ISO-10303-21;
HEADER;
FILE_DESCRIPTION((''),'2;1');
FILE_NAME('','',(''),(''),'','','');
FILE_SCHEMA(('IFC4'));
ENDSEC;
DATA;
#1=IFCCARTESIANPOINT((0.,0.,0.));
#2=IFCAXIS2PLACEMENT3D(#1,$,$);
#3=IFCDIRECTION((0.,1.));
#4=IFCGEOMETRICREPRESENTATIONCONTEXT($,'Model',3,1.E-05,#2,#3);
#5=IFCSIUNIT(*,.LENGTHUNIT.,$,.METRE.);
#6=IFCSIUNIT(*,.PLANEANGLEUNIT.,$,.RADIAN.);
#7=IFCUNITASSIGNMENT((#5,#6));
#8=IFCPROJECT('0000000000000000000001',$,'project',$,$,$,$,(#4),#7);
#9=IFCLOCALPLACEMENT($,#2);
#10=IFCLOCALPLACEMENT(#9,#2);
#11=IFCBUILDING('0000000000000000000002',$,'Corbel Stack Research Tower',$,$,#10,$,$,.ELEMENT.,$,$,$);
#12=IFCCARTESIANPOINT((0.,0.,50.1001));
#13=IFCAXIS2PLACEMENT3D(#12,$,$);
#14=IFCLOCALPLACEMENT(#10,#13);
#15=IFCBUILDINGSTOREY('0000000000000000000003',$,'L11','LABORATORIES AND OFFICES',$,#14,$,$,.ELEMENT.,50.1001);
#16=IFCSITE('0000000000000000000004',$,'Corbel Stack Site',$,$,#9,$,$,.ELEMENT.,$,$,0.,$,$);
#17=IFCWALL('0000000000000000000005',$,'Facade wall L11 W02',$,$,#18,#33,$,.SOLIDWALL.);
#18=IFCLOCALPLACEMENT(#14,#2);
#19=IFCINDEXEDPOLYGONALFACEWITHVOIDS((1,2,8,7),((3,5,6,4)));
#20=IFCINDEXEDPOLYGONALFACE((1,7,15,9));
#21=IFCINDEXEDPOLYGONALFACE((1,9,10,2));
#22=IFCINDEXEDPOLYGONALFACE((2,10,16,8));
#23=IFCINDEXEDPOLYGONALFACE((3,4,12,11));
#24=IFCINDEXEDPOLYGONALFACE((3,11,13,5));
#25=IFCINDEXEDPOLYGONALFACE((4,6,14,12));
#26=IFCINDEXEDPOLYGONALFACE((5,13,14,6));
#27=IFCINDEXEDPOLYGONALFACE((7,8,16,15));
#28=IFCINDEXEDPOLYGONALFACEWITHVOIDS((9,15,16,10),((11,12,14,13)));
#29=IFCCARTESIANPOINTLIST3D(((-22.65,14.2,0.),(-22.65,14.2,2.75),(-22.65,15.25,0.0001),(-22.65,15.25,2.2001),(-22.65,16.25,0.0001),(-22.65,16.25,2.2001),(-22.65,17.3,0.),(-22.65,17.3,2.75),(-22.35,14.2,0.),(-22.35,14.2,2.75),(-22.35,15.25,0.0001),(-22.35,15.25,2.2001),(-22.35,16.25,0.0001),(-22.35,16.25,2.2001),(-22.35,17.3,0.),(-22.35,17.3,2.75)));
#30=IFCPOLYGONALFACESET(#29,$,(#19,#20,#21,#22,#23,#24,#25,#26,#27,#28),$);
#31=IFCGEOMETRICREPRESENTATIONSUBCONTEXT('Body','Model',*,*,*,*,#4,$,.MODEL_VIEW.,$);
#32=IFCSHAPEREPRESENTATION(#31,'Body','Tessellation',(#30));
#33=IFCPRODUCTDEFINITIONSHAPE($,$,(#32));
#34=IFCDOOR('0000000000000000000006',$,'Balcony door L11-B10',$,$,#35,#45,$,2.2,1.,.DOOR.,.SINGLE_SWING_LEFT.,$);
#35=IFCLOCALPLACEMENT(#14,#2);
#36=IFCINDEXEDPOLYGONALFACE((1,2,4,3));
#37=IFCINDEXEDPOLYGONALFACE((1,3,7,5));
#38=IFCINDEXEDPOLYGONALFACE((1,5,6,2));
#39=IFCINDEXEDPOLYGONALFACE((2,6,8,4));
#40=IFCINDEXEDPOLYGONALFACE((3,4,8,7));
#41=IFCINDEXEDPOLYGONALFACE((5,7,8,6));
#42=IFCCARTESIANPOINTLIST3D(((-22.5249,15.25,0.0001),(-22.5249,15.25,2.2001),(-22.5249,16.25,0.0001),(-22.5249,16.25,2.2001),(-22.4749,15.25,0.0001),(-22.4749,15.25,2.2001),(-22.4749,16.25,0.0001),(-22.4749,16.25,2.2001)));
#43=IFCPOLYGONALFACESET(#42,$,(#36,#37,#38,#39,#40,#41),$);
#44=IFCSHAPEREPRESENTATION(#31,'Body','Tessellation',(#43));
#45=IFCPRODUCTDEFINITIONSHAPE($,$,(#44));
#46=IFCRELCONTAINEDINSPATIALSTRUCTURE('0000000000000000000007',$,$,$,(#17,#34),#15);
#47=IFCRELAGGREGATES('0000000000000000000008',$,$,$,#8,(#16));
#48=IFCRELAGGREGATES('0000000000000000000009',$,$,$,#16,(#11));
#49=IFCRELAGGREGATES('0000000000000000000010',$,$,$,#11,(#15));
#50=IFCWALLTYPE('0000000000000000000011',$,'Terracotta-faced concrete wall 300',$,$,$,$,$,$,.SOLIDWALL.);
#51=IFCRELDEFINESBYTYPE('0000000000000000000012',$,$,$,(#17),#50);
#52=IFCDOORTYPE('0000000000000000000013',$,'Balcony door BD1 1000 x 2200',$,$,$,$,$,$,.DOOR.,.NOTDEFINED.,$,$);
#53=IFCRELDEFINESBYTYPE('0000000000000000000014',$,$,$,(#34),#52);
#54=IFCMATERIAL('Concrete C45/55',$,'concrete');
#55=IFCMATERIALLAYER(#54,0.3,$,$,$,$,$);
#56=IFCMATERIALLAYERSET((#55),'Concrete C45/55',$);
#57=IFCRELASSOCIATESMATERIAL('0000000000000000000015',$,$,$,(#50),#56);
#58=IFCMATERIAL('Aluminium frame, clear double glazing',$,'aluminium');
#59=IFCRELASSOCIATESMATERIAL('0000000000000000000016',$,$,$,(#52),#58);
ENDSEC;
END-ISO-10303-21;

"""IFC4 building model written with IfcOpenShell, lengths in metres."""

from ifc_helpers import new_model, si_unit, direction, frame, frame_2d, origin, place, context, subcontext, project, spatial, rectangle, extrude, material, layer, layer_set, type_object, element, fill, save


model = new_model("IFC4")

# Units and contexts
model_context = context("Model", 3, precision=1e-05, world=origin(), true_north=direction((0.0, 1.0)))
body_context = subcontext(model_context, "Body", "Model", "MODEL_VIEW")
ifc_project = project(units=[si_unit("LENGTHUNIT", "METRE"), si_unit("PLANEANGLEUNIT", "RADIAN")], contexts=[model_context])

# Site, building, storey
site_placement = place(None, origin())
site = spatial("IfcSite", under=ifc_project, at=site_placement, Name="Corbel Stack Site", CompositionType="ELEMENT", RefElevation=0.0)
building_placement = place(site_placement, origin())
building = spatial("IfcBuilding", under=site, at=building_placement, Name="Corbel Stack Research Tower", CompositionType="ELEMENT")
storey_placement = place(building_placement, frame((0.0, 0.0, 50.1001)))
storey = spatial("IfcBuildingStorey", under=building, at=storey_placement, Name="L11", Description="LABORATORIES AND OFFICES", CompositionType="ELEMENT", Elevation=50.1001)

# Shared definitions
ifc_material_1 = material(Name="Concrete C45/55", Category="concrete")
ifc_layer_1 = layer(ifc_material_1, 0.3)
ifc_layer_set_1 = layer_set([ifc_layer_1], Name="Concrete C45/55")
wall_type_1 = type_object("IfcWallType", Name="Terracotta-faced concrete wall 300", PredefinedType="SOLIDWALL", material=ifc_layer_set_1)

# Wall, opening, door
wall_1_placement = place(storey_placement, frame((-22.5, 14.2, 0.0), z_axis=(0.0, 0.0, 1.0), x_axis=(0.0, 1.0, 0.0)))
wall_1 = element("IfcWall", 1, at=wall_1_placement, inside=storey, type_object=wall_type_1, Name="Facade wall L11 W02", PredefinedType="SOLIDWALL", context=body_context, shape_type="SweptSolid", body=[
    extrude(rectangle(XDim=3.1001, YDim=0.3, at=frame_2d((1.55, 0.0))), origin(), (0.0, 0.0, 1.0), 2.75),
])
opening_1_placement = place(wall_1_placement, frame((1.05, 0.0, 0.0)))
opening_1 = element("IfcOpeningElement", 2, at=opening_1_placement, cuts=wall_1, PredefinedType="OPENING", context=body_context, shape_type="SweptSolid", body=[
    extrude(rectangle(XDim=1.0, YDim=2.2, at=frame_2d((0.5, 1.1001))), frame((0.0, 0.1599, 0.0), z_axis=(0.0, -1.0, 0.0), x_axis=(1.0, 0.0, 0.0)), (0.0, 0.0, 1.0), 0.3201),
])
ifc_material_2 = material(Name="Aluminium frame, clear double glazing", Category="aluminium")
door_type_1 = type_object("IfcDoorType", Name="Balcony door BD1 1000 x 2200", OperationType="NOTDEFINED", PredefinedType="DOOR", material=ifc_material_2)
door_1_placement = place(opening_1_placement, origin())
door_1 = element("IfcDoor", 3, at=door_1_placement, inside=storey, type_object=door_type_1, Name="Balcony door L11-B10", OperationType="SINGLE_SWING_LEFT", OverallHeight=2.2, OverallWidth=1.0, PredefinedType="DOOR", context=body_context, shape_type="SweptSolid", body=[
    extrude(rectangle(XDim=1.0, YDim=2.2, at=frame_2d((0.5, 1.1001))), frame((0.0, 0.0249, 0.0), z_axis=(0.0, -1.0, 0.0), x_axis=(1.0, 0.0, 0.0)), (0.0, 0.0, 1.0), 0.05),
])
fill(opening_1, door_1)

save(model, "model.ifc")
